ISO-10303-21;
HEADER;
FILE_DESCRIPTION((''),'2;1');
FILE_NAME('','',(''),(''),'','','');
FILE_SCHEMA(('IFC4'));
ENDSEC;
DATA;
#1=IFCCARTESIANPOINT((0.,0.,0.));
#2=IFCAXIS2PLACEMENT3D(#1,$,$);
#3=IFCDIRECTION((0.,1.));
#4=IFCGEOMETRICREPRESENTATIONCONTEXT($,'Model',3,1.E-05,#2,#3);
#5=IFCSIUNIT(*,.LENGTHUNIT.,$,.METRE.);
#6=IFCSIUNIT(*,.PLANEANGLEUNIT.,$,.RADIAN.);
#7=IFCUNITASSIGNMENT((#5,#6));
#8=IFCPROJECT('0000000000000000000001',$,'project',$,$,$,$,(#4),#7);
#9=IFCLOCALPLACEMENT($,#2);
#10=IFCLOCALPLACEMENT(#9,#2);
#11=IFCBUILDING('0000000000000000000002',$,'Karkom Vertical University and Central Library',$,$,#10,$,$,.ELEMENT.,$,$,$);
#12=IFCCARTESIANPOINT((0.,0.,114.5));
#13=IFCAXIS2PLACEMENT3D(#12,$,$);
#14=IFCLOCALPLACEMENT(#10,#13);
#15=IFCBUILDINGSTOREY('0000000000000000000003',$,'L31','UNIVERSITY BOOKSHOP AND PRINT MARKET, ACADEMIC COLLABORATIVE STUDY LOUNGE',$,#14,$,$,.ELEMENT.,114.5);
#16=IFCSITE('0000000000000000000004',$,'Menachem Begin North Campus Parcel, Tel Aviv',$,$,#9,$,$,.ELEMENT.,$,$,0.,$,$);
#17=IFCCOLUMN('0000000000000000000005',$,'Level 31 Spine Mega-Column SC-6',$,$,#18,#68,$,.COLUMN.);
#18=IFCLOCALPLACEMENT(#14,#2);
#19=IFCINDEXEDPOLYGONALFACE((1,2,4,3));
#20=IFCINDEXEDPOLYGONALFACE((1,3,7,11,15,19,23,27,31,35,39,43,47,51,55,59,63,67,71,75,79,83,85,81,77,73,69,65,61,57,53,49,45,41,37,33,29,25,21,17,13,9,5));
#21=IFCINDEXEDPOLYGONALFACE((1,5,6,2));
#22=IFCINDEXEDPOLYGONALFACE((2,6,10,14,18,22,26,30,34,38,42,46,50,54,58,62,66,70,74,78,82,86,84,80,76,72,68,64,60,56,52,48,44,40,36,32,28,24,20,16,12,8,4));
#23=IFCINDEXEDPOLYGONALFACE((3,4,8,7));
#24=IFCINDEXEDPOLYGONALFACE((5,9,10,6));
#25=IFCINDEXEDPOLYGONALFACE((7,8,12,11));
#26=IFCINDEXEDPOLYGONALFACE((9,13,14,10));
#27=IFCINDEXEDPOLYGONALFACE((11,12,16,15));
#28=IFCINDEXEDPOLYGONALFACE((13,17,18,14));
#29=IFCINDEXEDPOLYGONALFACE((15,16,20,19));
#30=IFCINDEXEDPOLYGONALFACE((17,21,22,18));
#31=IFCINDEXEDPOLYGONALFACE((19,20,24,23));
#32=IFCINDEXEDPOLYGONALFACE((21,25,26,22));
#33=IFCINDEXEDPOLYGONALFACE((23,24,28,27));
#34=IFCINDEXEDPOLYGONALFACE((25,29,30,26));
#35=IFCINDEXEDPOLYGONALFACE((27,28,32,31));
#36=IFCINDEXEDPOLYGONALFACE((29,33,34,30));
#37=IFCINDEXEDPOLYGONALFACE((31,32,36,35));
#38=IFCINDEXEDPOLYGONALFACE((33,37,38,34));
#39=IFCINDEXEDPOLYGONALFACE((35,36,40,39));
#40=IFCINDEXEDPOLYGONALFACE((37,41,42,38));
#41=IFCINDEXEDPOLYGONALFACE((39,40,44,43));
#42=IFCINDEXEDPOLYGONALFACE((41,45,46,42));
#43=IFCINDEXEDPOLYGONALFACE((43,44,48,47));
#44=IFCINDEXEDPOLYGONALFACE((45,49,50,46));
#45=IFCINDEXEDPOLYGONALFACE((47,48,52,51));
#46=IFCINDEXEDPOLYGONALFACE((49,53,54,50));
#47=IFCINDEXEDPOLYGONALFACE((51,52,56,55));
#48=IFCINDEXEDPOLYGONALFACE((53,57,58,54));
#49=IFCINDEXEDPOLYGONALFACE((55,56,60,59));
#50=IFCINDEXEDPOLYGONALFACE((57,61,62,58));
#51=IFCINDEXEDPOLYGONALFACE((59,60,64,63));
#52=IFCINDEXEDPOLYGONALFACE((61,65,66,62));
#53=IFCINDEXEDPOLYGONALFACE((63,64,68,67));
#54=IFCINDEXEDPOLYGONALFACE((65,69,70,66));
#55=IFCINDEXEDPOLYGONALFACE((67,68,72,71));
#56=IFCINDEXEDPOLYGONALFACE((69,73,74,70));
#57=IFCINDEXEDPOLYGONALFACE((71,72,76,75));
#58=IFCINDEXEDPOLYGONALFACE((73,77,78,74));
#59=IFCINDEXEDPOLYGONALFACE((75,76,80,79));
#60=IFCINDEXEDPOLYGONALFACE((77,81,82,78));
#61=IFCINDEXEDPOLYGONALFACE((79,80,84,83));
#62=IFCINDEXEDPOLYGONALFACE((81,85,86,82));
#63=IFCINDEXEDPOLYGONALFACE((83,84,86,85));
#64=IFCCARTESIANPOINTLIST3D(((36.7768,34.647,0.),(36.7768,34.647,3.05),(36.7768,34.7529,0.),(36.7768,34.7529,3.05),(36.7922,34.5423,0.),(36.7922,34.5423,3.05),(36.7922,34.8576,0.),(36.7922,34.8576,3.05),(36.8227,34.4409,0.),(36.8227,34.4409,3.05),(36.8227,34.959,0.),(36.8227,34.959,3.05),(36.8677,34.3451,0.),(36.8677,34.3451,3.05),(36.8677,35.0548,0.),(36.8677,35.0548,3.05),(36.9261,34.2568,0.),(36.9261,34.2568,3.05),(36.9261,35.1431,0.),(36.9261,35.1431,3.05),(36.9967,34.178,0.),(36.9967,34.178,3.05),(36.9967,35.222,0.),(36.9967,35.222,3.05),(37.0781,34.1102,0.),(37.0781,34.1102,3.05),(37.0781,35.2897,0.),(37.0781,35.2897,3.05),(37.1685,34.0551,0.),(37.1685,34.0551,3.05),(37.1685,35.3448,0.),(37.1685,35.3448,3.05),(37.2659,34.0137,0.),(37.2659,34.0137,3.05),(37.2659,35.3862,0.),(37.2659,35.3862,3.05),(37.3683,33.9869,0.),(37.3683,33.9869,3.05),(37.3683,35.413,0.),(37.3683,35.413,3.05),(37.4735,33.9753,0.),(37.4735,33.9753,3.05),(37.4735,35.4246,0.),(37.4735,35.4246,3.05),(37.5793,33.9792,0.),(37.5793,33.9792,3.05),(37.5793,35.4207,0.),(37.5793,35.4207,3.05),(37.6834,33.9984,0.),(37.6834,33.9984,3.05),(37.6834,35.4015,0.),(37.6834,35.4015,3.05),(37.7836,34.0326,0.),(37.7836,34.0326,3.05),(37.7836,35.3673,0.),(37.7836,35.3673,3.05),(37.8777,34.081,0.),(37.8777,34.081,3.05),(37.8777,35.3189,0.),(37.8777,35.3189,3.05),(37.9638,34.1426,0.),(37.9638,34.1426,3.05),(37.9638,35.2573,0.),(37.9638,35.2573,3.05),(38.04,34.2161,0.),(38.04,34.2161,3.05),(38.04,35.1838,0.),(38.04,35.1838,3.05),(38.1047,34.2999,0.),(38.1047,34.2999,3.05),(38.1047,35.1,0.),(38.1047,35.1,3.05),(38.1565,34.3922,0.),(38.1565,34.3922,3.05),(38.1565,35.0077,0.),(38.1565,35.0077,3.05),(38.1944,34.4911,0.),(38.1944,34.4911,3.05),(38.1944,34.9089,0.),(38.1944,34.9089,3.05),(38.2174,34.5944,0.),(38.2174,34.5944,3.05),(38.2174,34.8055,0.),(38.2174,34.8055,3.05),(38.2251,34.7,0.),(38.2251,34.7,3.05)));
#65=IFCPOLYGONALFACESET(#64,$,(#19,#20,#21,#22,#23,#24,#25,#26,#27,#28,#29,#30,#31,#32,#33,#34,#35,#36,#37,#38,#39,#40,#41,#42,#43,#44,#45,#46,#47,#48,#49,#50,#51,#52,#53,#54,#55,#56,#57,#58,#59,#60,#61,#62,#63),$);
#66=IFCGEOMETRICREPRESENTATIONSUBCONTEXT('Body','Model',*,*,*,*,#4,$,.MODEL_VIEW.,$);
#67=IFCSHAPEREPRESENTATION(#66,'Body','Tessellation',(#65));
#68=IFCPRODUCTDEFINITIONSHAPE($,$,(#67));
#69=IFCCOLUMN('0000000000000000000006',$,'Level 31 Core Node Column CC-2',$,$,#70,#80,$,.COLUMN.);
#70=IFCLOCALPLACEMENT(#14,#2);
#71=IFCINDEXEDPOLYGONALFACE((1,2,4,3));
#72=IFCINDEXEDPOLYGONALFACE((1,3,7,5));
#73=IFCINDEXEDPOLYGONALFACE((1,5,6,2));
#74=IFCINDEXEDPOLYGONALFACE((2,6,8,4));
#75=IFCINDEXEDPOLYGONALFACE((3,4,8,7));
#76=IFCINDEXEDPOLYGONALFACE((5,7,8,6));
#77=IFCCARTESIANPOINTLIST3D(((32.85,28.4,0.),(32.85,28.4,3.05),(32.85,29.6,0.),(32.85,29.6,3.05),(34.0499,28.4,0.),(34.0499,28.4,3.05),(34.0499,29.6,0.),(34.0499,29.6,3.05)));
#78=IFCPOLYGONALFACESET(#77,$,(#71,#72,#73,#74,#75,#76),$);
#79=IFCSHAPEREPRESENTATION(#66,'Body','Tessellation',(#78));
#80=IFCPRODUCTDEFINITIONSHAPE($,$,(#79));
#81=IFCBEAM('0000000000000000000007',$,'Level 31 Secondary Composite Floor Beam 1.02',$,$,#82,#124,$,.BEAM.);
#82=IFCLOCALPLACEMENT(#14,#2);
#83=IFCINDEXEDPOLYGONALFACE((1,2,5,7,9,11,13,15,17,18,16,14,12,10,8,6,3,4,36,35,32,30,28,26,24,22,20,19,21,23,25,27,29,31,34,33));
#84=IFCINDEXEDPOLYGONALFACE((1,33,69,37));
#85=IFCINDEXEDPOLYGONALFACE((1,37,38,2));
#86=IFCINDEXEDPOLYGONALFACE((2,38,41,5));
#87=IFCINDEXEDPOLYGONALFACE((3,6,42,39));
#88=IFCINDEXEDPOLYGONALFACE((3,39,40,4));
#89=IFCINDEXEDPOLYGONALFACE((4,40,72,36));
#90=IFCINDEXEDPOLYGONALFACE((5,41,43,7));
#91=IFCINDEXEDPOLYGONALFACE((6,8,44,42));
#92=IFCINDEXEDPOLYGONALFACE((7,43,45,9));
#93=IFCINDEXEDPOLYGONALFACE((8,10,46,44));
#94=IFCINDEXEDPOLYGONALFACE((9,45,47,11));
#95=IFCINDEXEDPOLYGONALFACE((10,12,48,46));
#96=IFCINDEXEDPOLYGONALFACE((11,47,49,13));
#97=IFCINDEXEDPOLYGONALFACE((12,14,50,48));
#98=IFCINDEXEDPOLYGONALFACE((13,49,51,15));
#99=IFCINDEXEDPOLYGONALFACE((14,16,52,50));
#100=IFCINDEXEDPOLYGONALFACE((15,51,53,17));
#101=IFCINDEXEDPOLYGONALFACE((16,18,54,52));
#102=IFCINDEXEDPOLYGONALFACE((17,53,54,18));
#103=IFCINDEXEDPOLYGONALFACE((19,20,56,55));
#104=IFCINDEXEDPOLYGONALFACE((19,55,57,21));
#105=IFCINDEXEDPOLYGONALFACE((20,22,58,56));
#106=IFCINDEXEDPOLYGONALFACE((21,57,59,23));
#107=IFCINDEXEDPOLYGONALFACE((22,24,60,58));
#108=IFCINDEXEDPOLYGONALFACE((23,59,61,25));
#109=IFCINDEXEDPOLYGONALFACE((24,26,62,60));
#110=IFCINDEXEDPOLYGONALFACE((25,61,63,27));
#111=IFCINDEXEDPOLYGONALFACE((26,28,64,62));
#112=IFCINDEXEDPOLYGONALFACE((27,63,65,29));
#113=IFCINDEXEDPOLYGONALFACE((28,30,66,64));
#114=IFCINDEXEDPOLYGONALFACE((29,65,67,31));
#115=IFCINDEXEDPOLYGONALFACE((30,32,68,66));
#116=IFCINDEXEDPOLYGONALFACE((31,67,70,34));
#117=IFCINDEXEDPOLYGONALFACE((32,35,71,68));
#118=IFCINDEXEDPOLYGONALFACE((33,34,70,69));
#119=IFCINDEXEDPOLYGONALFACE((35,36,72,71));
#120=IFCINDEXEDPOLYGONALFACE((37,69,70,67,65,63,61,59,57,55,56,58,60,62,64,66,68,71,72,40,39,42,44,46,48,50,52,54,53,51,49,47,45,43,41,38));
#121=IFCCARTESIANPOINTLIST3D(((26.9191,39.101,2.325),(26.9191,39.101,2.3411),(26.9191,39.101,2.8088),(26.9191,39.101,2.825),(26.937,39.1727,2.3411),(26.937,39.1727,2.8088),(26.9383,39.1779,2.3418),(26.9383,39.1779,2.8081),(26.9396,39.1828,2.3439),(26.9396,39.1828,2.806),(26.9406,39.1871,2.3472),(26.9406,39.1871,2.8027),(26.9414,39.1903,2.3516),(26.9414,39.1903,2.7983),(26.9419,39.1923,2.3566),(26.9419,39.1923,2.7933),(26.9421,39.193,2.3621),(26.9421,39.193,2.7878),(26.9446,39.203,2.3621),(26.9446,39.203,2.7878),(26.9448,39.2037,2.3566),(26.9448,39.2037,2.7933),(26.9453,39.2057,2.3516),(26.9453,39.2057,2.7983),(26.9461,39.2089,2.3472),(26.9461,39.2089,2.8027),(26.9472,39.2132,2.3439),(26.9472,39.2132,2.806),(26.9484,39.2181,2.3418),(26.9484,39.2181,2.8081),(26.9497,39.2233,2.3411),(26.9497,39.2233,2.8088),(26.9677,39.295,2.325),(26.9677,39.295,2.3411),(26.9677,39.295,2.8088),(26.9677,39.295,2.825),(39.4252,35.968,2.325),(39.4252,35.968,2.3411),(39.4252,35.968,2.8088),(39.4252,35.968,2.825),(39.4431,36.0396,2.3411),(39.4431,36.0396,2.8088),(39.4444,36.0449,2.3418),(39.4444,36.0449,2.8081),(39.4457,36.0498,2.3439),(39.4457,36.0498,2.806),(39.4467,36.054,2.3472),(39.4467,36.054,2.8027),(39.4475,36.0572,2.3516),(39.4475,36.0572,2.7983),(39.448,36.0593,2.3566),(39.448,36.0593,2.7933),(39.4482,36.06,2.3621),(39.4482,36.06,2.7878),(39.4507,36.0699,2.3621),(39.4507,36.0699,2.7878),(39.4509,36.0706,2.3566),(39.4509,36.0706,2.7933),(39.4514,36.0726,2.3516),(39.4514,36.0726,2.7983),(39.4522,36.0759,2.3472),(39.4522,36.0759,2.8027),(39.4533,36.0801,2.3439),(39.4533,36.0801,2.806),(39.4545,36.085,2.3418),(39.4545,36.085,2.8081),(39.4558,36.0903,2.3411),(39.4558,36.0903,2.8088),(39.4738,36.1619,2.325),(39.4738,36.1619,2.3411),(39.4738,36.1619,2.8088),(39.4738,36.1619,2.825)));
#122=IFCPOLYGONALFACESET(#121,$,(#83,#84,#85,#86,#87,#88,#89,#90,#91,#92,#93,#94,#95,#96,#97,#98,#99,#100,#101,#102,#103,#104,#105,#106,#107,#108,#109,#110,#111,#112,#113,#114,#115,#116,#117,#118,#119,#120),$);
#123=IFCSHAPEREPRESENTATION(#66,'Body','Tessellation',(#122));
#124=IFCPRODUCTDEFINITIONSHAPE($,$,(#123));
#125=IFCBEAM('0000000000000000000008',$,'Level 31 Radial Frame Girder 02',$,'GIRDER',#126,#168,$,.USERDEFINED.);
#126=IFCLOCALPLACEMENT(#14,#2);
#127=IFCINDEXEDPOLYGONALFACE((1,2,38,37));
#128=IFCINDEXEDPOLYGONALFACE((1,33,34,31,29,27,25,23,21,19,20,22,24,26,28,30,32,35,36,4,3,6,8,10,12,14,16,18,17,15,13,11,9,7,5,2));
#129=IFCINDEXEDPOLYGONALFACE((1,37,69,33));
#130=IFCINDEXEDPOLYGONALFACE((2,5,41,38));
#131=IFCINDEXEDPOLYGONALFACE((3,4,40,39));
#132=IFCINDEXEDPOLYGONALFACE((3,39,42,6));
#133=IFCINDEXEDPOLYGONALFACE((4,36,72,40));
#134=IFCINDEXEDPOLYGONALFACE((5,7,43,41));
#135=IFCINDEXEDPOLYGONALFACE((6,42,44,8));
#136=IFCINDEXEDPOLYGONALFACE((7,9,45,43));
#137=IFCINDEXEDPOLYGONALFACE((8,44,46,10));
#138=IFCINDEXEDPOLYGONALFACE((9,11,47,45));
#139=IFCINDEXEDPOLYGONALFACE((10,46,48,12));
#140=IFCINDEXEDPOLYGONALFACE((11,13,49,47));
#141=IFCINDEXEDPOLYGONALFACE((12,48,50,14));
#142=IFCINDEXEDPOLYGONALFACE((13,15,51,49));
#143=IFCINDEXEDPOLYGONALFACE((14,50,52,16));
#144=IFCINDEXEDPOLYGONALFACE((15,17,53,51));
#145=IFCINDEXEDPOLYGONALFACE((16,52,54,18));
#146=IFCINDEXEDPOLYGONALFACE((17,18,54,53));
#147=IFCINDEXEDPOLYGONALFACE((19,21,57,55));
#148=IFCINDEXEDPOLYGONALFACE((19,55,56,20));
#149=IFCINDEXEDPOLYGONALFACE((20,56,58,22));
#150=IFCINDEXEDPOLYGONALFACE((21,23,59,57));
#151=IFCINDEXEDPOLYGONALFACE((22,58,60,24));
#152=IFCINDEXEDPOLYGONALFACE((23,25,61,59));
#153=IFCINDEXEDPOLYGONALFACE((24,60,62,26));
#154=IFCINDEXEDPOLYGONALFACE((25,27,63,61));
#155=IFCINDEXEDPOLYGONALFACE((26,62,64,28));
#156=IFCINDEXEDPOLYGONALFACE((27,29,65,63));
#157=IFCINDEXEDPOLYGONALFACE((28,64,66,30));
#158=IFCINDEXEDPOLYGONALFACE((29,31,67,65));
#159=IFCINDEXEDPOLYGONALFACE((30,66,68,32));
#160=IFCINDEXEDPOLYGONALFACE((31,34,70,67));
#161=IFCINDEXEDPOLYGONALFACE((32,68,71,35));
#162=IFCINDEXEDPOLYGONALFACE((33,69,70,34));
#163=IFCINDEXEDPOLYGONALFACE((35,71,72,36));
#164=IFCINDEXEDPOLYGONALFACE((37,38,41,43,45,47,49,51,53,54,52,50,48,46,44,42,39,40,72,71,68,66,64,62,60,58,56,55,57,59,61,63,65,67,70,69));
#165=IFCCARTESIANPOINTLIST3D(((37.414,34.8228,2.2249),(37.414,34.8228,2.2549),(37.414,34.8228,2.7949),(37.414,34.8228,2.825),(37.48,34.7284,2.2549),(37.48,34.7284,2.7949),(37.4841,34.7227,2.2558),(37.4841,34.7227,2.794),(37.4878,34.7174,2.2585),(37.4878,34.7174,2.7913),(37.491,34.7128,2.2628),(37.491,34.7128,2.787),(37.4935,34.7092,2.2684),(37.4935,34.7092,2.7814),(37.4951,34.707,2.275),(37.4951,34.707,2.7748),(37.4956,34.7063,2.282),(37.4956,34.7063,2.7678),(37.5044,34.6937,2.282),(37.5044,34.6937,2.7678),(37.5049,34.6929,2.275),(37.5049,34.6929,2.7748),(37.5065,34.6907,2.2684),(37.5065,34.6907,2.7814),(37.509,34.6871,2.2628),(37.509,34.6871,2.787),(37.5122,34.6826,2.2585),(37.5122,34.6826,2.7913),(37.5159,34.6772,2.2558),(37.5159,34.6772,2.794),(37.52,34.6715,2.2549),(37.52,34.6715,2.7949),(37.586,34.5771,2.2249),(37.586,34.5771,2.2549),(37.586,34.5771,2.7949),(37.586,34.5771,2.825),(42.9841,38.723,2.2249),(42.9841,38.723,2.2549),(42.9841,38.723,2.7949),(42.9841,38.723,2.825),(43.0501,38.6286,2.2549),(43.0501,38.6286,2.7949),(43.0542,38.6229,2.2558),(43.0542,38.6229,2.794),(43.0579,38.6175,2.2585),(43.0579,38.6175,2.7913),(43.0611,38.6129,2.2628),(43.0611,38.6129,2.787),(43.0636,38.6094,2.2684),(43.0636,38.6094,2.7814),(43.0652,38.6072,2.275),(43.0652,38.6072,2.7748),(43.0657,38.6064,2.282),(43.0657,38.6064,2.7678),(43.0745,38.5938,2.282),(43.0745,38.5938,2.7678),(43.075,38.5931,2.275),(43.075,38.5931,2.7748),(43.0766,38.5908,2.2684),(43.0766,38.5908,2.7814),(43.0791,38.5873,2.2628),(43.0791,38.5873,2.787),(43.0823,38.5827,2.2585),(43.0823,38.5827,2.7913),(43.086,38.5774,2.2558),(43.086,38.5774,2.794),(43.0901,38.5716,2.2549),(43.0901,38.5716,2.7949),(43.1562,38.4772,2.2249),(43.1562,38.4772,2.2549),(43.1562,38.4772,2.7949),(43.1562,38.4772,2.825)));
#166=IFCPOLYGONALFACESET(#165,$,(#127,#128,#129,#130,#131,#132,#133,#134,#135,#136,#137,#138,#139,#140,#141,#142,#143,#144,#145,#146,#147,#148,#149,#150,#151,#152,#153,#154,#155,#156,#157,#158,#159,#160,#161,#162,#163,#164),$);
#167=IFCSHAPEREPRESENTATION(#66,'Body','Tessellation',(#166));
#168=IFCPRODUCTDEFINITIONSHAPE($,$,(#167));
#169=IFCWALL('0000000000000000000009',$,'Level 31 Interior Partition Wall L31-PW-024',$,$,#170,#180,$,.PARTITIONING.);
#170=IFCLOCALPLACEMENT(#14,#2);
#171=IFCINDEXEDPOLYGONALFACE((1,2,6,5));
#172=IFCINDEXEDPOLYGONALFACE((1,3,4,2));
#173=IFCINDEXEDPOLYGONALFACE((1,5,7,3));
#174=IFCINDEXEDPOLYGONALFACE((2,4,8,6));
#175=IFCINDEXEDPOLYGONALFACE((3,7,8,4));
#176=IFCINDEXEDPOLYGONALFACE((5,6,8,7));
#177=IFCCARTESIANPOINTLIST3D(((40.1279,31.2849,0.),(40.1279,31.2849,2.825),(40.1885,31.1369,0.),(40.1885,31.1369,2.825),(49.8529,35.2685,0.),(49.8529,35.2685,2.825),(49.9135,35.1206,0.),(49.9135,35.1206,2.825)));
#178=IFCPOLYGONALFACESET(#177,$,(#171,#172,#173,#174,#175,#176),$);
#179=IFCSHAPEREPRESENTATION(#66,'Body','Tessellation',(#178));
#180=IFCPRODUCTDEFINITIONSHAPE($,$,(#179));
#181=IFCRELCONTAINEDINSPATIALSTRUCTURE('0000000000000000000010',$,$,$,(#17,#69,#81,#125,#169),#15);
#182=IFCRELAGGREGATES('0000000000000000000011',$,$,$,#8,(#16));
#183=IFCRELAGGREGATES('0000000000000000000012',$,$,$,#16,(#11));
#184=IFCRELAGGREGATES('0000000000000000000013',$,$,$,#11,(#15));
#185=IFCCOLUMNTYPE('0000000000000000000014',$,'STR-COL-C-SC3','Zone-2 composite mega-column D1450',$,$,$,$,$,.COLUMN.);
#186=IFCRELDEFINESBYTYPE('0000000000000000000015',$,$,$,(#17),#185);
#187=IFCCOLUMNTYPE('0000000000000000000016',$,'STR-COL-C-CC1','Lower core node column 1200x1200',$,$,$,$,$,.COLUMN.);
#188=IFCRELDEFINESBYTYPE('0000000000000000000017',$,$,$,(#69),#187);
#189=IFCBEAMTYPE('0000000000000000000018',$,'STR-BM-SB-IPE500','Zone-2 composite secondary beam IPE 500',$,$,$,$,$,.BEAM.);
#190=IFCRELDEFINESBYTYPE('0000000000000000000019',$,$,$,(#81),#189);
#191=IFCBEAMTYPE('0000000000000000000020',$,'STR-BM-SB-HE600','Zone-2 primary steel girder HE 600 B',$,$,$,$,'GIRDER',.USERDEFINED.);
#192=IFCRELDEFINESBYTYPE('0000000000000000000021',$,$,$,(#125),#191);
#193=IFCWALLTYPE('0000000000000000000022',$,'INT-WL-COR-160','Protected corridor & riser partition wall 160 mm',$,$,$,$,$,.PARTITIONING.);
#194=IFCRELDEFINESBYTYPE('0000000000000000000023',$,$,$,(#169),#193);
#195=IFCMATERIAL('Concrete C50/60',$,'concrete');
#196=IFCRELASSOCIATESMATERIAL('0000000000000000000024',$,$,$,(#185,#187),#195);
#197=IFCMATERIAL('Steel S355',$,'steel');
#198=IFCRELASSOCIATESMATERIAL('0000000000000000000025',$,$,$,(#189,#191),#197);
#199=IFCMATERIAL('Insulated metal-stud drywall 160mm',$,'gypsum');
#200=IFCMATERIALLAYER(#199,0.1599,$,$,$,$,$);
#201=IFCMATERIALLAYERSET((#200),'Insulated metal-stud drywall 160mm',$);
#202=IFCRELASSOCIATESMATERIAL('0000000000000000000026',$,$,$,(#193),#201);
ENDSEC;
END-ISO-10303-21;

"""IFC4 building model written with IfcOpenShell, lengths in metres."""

from ifc_helpers import new_model, si_unit, direction, frame, frame_2d, origin, origin_with_axes, origin_2d, place, context, subcontext, project, spatial, rectangle, circle, i_section, extrude, source, transform, mapped, material, layer, layer_set, material_profile, profile_set, type_object, element, save


model = new_model("IFC4")

# Units and contexts
model_context = context("Model", 3, precision=1e-05, world=origin(), true_north=direction((0.0, 1.0)))
body_context = subcontext(model_context, "Body", "Model", "MODEL_VIEW")
ifc_project = project(units=[si_unit("LENGTHUNIT", "METRE"), si_unit("PLANEANGLEUNIT", "RADIAN")], contexts=[model_context])

# Site, building, storey
site_placement = place(None, origin())
site = spatial("IfcSite", under=ifc_project, at=site_placement, Name="Menachem Begin North Campus Parcel, Tel Aviv", CompositionType="ELEMENT", RefElevation=0.0)
building_placement = place(site_placement, origin())
building = spatial("IfcBuilding", under=site, at=building_placement, Name="Karkom Vertical University and Central Library", CompositionType="ELEMENT")
storey_placement = place(building_placement, frame((0.0, 0.0, 114.5)))
storey = spatial("IfcBuildingStorey", under=building, at=storey_placement, Name="L31", Description="UNIVERSITY BOOKSHOP AND PRINT MARKET, ACADEMIC COLLABORATIVE STUDY LOUNGE", CompositionType="ELEMENT", Elevation=114.5)

# Columns
ifc_material_1 = material(Name="Concrete C50/60", Category="concrete")
ifc_material_profile_1 = material_profile(ifc_material_1, circle(Radius=0.7251, at=origin_2d()), Name="CFT-D1450")
ifc_profile_set_1 = profile_set([ifc_material_profile_1], Name="Concrete C50/60")
column_type_1 = type_object("IfcColumnType", Name="STR-COL-C-SC3", Description="Zone-2 composite mega-column D1450", PredefinedType="COLUMN", material=ifc_profile_set_1)
shared_shape_1 = source(origin_with_axes(), body_context, "Body", "SweptSolid", [
    extrude(circle(Radius=0.7251, at=origin_2d()), origin(), (0.0, 0.0, 1.0), 3.05),
])
column_1_placement = place(storey_placement, frame((37.5, 34.7, 0.0), z_axis=(0.0, 0.0, 1.0), x_axis=(1.0, 0.0, 0.0)))
element("IfcColumn", 1, at=column_1_placement, inside=storey, type_object=column_type_1, Name="Level 31 Spine Mega-Column SC-6", PredefinedType="COLUMN", context=body_context, shape_type="MappedRepresentation", body=[
    mapped(shared_shape_1, transform((0.0, 0.0, 0.0), scale=1.0)),
])
ifc_material_profile_2 = material_profile(ifc_material_1, rectangle(XDim=1.2, YDim=1.2, at=origin_2d()), Name="RC-1200x1200")
ifc_profile_set_2 = profile_set([ifc_material_profile_2], Name="Concrete C50/60")
column_type_2 = type_object("IfcColumnType", Name="STR-COL-C-CC1", Description="Lower core node column 1200x1200", PredefinedType="COLUMN", material=ifc_profile_set_2)
shared_shape_2 = source(origin_with_axes(), body_context, "Body", "SweptSolid", [
    extrude(rectangle(XDim=1.2, YDim=1.2, at=origin_2d()), origin(), (0.0, 0.0, 1.0), 3.05),
])
column_2_placement = place(storey_placement, frame((33.45, 29.0, 0.0), z_axis=(0.0, 0.0, 1.0), x_axis=(1.0, 0.0, 0.0)))
element("IfcColumn", 2, at=column_2_placement, inside=storey, type_object=column_type_2, Name="Level 31 Core Node Column CC-2", PredefinedType="COLUMN", context=body_context, shape_type="MappedRepresentation", body=[
    mapped(shared_shape_2, transform((0.0, 0.0, 0.0), scale=1.0)),
])

# Beams
ifc_material_2 = material(Name="Steel S355", Category="steel")
ifc_material_profile_3 = material_profile(ifc_material_2, i_section(OverallWidth=0.2, OverallDepth=0.5, WebThickness=0.0103, FlangeThickness=0.0161, FilletRadius=0.021, at=origin_2d()), Name="IPE 500")
ifc_profile_set_3 = profile_set([ifc_material_profile_3], Name="Steel S355")
beam_type_1 = type_object("IfcBeamType", Name="STR-BM-SB-IPE500", Description="Zone-2 composite secondary beam IPE 500", PredefinedType="BEAM", material=ifc_profile_set_3)
shared_shape_3 = source(origin_with_axes(), body_context, "Body", "SweptSolid", [
    extrude(i_section(OverallWidth=0.2, OverallDepth=0.5, WebThickness=0.0103, FlangeThickness=0.0161, FilletRadius=0.021, at=origin_2d()), origin(), (0.0, 0.0, 1.0), 12.8926),
])
beam_1_placement = place(storey_placement, frame((39.4495, 36.0649, 2.575), z_axis=(-0.970023, 0.243012, 0.0), x_axis=(-0.243012, -0.970023, 0.0)))
element("IfcBeam", 3, at=beam_1_placement, inside=storey, type_object=beam_type_1, Name="Level 31 Secondary Composite Floor Beam 1.02", PredefinedType="BEAM", context=body_context, shape_type="MappedRepresentation", body=[
    mapped(shared_shape_3, transform((0.0, 0.0, 0.0), scale=1.0)),
])
ifc_material_profile_4 = material_profile(ifc_material_2, i_section(OverallWidth=0.3, OverallDepth=0.6001, WebThickness=0.0154, FlangeThickness=0.03, FilletRadius=0.0271, at=origin_2d()), Name="HE 600 B")
ifc_profile_set_4 = profile_set([ifc_material_profile_4], Name="Steel S355")
beam_type_2 = type_object("IfcBeamType", Name="STR-BM-SB-HE600", Description="Zone-2 primary steel girder HE 600 B", ElementType="GIRDER", PredefinedType="USERDEFINED", material=ifc_profile_set_4)
shared_shape_4 = source(origin_with_axes(), body_context, "Body", "SweptSolid", [
    extrude(i_section(OverallWidth=0.3, OverallDepth=0.6001, WebThickness=0.0154, FlangeThickness=0.03, FilletRadius=0.0271, at=origin_2d()), origin(), (0.0, 0.0, 1.0), 6.7998),
])
beam_2_placement = place(storey_placement, frame((37.5, 34.7, 2.5249), z_axis=(0.819156, 0.573571, 0.0), x_axis=(-0.573571, 0.819156, 0.0)))
element("IfcBeam", 4, at=beam_2_placement, inside=storey, type_object=beam_type_2, Name="Level 31 Radial Frame Girder 02", ObjectType="GIRDER", PredefinedType="USERDEFINED", context=body_context, shape_type="MappedRepresentation", body=[
    mapped(shared_shape_4, transform((0.0, 0.0, 0.0), scale=1.0)),
])

# Wall
ifc_material_3 = material(Name="Insulated metal-stud drywall 160mm", Category="gypsum")
ifc_layer_1 = layer(ifc_material_3, 0.1599)
ifc_layer_set_1 = layer_set([ifc_layer_1], Name="Insulated metal-stud drywall 160mm")
wall_type_1 = type_object("IfcWallType", Name="INT-WL-COR-160", Description="Protected corridor & riser partition wall 160 mm", PredefinedType="PARTITIONING", material=ifc_layer_set_1)
wall_1_placement = place(storey_placement, frame((40.1582, 31.2109, 0.0), z_axis=(0.0, 0.0, 1.0), x_axis=(0.925374, 0.379056, 0.0)))
element("IfcWall", 5, at=wall_1_placement, inside=storey, type_object=wall_type_1, Name="Level 31 Interior Partition Wall L31-PW-024", PredefinedType="PARTITIONING", context=body_context, shape_type="SweptSolid", body=[
    extrude(rectangle(XDim=10.5093, YDim=0.1599, at=frame_2d((5.2546, 0.0))), origin(), (0.0, 0.0, 1.0), 2.825),
])

save(model, "model.ifc")
